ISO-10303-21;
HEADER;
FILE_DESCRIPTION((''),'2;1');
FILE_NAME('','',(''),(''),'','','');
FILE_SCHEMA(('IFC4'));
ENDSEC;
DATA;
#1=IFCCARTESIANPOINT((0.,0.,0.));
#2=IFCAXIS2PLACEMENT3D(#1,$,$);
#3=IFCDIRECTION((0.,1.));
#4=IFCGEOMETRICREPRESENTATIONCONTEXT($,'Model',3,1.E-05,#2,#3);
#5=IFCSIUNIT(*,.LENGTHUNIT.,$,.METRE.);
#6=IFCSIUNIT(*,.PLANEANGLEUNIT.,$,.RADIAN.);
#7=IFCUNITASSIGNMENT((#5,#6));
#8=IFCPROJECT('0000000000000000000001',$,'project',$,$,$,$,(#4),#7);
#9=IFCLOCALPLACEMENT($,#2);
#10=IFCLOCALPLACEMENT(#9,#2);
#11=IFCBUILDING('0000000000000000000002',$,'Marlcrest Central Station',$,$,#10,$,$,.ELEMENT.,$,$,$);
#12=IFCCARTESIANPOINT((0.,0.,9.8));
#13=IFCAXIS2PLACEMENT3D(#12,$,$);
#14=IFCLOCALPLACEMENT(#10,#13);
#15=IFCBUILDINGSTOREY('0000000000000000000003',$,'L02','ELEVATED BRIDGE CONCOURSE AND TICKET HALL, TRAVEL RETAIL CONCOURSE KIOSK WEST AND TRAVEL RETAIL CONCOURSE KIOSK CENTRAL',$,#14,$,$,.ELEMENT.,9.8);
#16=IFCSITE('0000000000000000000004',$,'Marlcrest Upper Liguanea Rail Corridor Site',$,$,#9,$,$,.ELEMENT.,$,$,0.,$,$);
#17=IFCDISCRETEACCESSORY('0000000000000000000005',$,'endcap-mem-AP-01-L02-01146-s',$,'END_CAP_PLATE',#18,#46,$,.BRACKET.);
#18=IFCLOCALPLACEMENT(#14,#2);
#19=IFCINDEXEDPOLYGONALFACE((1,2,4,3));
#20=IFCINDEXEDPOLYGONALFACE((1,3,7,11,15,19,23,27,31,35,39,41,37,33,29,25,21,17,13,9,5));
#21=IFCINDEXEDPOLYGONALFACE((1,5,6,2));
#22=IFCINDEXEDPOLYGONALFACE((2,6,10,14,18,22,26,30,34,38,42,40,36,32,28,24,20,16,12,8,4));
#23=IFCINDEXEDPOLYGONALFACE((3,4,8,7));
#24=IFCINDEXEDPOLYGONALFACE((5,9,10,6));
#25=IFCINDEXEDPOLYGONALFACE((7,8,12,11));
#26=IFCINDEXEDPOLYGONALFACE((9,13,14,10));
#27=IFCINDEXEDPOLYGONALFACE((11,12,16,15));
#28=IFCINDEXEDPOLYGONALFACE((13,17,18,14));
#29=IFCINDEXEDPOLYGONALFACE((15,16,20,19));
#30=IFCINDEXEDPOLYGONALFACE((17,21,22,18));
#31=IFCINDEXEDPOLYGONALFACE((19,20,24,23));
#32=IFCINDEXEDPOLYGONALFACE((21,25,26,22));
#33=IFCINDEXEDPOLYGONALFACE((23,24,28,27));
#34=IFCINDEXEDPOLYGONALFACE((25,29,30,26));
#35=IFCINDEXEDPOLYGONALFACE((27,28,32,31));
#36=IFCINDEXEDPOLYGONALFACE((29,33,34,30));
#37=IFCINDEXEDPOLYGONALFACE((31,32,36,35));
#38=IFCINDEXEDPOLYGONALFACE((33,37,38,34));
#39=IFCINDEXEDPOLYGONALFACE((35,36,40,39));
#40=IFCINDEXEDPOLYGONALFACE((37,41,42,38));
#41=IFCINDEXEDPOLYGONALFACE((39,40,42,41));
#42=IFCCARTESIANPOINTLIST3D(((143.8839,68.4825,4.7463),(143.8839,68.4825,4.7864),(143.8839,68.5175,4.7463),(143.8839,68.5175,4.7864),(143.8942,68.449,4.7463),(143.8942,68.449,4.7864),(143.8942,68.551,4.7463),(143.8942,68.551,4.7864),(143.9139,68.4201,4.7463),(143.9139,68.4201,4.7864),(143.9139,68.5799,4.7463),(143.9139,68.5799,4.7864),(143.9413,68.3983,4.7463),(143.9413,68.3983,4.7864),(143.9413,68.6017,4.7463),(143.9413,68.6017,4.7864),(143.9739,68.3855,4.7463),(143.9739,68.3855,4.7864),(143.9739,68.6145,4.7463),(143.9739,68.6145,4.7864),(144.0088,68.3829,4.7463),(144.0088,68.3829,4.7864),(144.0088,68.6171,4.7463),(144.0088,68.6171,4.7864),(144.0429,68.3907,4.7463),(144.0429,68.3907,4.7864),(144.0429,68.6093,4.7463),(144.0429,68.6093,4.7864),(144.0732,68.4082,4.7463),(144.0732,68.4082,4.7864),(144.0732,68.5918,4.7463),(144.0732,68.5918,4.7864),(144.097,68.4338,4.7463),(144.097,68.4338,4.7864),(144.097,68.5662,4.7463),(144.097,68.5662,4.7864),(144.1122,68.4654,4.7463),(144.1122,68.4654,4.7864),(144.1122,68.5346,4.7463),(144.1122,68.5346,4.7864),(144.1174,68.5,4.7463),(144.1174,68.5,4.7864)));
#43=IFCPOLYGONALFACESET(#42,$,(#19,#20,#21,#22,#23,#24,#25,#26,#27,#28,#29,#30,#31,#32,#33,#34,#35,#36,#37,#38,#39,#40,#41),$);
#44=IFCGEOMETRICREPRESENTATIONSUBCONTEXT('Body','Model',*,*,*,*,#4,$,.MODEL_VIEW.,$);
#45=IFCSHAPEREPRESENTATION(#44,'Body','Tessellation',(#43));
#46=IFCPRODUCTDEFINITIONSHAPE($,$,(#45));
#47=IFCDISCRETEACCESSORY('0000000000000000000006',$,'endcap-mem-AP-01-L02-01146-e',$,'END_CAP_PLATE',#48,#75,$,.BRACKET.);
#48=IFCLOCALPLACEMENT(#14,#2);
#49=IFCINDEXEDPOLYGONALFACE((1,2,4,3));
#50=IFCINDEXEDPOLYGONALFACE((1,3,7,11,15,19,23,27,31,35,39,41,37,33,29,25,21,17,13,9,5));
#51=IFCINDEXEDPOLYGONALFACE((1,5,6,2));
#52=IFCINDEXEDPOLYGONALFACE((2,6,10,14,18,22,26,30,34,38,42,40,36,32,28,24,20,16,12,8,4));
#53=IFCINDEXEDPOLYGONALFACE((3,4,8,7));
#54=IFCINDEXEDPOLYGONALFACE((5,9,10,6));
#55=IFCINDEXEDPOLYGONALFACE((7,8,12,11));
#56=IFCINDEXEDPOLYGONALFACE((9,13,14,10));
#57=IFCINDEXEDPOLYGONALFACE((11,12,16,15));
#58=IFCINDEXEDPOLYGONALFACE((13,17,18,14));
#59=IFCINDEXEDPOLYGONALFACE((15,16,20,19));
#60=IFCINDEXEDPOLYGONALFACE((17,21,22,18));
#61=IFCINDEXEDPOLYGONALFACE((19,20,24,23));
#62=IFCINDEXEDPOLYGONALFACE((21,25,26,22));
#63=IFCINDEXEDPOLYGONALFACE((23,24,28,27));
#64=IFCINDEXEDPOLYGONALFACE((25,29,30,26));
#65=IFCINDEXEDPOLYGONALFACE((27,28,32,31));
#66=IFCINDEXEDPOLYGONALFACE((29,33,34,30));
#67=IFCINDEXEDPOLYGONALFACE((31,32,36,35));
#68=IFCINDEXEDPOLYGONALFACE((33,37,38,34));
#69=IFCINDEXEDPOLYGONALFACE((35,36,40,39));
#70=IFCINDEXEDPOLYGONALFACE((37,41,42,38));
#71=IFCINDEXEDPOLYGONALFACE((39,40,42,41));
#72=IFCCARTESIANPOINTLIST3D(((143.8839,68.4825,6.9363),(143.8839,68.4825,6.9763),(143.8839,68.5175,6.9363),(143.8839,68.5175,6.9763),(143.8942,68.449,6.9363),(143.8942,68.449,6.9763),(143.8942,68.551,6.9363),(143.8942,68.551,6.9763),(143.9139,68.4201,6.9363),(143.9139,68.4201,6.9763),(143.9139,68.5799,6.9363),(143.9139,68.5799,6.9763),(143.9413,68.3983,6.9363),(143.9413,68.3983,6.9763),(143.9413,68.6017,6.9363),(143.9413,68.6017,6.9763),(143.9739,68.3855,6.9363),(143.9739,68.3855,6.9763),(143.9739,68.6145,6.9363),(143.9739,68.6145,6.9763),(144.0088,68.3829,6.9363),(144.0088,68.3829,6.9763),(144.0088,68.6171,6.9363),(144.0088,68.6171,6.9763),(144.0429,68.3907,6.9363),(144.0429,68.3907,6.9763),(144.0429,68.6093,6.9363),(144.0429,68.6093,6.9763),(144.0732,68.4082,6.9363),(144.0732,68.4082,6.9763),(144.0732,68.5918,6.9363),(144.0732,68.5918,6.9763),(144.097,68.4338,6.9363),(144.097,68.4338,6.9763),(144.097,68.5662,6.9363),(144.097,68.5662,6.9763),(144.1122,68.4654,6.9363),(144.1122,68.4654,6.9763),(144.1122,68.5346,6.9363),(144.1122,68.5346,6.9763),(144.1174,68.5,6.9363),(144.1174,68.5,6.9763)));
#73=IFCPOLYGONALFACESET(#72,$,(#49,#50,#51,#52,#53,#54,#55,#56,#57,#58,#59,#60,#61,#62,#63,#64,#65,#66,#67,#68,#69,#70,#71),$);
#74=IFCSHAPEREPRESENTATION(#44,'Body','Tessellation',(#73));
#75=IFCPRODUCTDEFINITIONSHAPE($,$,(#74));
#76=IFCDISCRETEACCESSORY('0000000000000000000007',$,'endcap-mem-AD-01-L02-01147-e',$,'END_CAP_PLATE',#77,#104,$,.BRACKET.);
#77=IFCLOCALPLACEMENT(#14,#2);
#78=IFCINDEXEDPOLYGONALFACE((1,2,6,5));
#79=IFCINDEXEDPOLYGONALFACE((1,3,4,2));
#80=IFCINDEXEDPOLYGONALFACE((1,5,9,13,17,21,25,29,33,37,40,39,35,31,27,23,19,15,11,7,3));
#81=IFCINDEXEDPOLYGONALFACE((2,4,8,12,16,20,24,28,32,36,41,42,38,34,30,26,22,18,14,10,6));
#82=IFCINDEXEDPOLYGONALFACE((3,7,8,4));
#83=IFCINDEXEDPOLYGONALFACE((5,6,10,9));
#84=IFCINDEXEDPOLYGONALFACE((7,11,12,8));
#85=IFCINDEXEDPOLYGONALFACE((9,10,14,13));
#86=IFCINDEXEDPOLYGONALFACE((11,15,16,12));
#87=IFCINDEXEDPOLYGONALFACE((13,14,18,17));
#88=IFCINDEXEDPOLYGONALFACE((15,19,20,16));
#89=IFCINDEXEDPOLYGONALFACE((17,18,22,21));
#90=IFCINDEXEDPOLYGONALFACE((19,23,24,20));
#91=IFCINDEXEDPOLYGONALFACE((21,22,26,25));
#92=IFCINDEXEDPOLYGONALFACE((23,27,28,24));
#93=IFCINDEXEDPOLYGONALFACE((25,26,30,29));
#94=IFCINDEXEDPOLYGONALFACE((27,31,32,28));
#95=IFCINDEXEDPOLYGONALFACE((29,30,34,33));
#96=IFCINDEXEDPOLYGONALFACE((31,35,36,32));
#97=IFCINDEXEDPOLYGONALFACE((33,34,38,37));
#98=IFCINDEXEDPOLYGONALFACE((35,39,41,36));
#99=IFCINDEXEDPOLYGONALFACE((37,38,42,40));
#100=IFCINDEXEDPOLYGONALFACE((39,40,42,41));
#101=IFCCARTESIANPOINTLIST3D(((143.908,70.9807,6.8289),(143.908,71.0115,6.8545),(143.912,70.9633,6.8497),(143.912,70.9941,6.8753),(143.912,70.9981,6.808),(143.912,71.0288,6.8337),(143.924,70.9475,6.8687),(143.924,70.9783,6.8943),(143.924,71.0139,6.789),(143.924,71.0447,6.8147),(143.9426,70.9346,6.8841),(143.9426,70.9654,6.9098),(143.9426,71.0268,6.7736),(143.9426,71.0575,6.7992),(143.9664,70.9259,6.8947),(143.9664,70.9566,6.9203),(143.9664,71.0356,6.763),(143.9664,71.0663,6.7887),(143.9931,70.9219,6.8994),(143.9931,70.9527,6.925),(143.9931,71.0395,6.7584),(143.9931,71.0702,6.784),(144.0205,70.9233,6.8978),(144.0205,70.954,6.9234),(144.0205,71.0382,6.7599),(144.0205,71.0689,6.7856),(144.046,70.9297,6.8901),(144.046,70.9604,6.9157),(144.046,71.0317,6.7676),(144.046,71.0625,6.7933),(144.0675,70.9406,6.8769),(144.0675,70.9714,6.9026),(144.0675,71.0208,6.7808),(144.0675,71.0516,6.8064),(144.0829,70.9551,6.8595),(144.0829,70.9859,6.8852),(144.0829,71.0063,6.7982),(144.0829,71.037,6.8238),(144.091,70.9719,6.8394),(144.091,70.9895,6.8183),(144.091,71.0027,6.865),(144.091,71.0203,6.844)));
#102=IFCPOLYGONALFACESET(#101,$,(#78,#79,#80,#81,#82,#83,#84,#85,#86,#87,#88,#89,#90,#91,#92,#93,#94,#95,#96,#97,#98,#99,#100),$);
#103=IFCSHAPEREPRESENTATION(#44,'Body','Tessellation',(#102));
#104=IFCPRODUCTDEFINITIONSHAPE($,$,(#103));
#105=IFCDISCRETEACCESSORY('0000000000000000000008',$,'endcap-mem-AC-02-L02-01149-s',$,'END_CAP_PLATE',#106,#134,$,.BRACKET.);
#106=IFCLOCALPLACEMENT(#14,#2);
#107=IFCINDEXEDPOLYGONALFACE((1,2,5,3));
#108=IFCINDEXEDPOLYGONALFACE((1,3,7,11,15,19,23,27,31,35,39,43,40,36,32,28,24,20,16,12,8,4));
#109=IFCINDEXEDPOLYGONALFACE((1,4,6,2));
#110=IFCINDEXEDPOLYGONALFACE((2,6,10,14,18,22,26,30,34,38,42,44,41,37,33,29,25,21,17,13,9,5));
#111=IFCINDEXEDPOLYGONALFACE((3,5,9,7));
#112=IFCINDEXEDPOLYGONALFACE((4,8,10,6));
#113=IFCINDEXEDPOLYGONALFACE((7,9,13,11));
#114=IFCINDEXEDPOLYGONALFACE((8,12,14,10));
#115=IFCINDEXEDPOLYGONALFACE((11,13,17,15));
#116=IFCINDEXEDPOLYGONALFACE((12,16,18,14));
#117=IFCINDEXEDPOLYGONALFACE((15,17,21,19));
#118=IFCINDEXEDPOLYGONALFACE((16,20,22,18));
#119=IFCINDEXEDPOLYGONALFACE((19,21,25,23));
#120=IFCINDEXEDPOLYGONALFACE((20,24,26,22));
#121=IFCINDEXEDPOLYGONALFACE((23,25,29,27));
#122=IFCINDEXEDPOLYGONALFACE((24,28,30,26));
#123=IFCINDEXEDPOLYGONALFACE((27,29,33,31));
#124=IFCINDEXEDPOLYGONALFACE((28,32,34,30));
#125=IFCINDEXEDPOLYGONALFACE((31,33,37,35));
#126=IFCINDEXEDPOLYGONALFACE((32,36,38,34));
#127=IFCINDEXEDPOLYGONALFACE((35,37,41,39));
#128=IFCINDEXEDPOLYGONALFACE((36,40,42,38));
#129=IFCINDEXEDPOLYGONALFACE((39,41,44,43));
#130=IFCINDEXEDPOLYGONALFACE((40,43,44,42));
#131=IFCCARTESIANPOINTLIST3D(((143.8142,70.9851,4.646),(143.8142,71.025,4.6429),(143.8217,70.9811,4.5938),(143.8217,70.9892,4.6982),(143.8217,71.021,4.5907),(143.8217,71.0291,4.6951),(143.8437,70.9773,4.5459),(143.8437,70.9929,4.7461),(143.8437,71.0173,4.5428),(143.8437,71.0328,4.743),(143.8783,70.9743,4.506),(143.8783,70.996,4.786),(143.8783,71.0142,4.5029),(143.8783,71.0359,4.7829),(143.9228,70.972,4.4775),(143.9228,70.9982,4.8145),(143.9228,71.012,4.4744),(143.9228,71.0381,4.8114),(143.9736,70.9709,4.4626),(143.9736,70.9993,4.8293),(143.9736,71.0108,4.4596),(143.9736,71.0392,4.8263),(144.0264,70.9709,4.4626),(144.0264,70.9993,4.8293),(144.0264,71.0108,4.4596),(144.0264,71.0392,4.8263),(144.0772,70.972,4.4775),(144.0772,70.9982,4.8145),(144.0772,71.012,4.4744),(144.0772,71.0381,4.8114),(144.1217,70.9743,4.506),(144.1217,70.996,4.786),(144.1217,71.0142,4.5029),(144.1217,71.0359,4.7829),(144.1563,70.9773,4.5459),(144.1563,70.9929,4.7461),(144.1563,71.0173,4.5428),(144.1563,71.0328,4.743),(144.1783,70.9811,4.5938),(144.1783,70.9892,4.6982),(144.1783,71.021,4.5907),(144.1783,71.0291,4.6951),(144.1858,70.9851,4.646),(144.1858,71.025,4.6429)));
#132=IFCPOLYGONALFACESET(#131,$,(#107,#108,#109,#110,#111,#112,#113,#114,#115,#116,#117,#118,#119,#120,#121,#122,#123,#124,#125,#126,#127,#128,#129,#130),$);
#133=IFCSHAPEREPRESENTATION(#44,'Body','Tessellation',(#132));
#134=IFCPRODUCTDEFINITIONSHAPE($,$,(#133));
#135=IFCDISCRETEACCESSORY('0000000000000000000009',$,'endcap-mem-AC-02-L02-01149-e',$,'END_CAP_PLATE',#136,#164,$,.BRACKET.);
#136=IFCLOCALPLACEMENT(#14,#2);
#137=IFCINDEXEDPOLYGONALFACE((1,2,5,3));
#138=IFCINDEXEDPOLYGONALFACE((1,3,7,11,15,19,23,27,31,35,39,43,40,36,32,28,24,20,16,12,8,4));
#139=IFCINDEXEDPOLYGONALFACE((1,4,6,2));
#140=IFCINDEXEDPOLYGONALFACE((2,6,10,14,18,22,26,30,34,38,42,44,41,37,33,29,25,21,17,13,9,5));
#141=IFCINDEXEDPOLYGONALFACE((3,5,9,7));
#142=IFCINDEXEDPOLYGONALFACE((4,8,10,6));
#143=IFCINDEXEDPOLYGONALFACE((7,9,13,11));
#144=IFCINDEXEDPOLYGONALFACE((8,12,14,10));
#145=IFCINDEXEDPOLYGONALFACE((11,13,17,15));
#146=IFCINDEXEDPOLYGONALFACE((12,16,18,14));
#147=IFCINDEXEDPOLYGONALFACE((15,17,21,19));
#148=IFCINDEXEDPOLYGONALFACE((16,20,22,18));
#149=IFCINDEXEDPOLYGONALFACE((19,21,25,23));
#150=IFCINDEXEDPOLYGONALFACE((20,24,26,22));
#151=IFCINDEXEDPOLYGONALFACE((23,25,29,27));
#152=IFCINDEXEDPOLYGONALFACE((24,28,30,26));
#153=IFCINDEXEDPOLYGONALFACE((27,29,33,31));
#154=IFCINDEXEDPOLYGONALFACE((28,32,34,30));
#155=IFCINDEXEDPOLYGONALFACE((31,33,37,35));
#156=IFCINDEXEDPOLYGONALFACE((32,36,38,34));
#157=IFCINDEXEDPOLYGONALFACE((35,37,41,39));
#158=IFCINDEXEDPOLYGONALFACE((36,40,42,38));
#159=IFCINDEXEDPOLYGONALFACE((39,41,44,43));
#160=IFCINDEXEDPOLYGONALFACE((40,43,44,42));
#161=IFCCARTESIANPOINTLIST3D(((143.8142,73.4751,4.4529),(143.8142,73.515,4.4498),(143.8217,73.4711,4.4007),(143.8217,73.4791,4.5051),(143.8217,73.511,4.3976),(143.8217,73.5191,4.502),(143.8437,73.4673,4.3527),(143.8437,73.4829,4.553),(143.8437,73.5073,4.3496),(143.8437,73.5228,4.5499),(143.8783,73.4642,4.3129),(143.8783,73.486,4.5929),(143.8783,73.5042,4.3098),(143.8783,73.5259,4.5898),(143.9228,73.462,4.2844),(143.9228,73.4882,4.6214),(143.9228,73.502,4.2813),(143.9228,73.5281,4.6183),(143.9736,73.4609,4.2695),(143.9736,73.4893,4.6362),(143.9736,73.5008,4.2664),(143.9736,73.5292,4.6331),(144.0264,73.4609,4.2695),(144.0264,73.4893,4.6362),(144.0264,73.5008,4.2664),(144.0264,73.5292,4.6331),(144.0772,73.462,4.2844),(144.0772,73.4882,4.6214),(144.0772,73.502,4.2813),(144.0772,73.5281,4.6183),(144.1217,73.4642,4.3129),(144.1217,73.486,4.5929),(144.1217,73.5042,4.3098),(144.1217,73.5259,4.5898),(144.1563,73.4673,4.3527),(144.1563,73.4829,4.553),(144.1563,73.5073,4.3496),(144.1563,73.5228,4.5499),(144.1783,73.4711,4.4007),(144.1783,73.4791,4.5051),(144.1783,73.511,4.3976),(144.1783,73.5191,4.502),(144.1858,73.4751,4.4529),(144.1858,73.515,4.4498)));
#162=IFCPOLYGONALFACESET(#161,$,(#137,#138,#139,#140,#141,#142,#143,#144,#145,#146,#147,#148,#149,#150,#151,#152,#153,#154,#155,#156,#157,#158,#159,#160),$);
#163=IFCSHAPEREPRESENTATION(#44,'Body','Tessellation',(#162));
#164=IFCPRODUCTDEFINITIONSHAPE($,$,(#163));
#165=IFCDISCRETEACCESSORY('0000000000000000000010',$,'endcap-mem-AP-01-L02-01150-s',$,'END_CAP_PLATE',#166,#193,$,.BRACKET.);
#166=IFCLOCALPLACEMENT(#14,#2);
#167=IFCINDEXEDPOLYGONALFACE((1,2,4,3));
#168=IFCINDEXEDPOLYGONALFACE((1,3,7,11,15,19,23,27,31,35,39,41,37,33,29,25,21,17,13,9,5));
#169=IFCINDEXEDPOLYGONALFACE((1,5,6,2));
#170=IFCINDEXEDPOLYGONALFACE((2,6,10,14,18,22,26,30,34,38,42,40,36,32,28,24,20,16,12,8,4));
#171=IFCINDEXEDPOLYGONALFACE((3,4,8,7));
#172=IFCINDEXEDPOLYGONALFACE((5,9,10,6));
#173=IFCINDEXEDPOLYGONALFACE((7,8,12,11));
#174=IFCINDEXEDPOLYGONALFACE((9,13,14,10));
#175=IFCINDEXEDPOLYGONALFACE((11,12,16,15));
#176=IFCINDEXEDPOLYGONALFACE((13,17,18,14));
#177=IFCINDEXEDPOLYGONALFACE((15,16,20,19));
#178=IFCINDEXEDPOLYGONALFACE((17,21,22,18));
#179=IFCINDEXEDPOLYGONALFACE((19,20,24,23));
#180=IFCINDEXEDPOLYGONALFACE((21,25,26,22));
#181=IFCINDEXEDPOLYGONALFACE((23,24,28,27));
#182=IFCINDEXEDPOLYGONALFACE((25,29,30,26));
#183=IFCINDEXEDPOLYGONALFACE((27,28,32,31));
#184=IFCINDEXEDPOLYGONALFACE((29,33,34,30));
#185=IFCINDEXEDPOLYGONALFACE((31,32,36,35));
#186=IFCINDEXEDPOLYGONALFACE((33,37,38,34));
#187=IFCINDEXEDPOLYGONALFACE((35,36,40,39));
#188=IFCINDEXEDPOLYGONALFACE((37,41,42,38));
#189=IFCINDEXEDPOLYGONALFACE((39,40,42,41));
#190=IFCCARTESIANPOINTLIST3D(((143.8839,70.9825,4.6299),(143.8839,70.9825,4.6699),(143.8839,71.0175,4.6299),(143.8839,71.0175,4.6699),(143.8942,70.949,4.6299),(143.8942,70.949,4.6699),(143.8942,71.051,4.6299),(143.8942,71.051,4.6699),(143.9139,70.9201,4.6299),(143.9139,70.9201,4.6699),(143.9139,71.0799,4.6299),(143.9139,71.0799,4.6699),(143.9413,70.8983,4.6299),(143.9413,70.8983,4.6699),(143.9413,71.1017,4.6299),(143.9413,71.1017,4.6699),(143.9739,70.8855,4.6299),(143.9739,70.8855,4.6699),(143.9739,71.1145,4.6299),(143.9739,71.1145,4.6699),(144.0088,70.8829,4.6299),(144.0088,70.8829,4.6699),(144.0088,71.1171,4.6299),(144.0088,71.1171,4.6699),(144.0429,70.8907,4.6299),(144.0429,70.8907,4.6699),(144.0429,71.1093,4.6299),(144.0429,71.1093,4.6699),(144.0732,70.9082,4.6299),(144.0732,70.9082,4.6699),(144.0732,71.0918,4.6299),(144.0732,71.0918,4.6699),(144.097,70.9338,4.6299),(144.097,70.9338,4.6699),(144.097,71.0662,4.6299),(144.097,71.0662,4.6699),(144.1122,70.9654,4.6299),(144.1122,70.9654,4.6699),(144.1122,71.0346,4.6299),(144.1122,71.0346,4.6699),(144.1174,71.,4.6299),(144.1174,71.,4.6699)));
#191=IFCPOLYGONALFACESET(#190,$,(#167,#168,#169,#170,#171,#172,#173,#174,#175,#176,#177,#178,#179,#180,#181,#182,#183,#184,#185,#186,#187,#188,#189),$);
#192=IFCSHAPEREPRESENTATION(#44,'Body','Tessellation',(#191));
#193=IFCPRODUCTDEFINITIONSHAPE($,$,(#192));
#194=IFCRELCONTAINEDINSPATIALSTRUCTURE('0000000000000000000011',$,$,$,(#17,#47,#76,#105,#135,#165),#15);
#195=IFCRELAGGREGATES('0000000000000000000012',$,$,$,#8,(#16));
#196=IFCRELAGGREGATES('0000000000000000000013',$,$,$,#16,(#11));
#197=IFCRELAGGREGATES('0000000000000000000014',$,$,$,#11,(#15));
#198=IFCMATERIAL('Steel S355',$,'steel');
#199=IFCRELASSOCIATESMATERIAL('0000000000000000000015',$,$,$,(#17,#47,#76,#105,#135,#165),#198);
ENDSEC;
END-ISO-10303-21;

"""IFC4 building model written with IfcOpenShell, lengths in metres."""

from ifc_helpers import new_model, si_unit, direction, frame, origin, origin_2d, place, context, subcontext, project, spatial, circle, extrude, material, element, save


model = new_model("IFC4")

# Units and contexts
model_context = context("Model", 3, precision=1e-05, world=origin(), true_north=direction((0.0, 1.0)))
body_context = subcontext(model_context, "Body", "Model", "MODEL_VIEW")
ifc_project = project(units=[si_unit("LENGTHUNIT", "METRE"), si_unit("PLANEANGLEUNIT", "RADIAN")], contexts=[model_context])

# Site, building, storey
site_placement = place(None, origin())
site = spatial("IfcSite", under=ifc_project, at=site_placement, Name="Marlcrest Upper Liguanea Rail Corridor Site", CompositionType="ELEMENT", RefElevation=0.0)
building_placement = place(site_placement, origin())
building = spatial("IfcBuilding", under=site, at=building_placement, Name="Marlcrest Central Station", CompositionType="ELEMENT")
storey_placement = place(building_placement, frame((0.0, 0.0, 9.8)))
storey = spatial("IfcBuildingStorey", under=building, at=storey_placement, Name="L02", Description="ELEVATED BRIDGE CONCOURSE AND TICKET HALL, TRAVEL RETAIL CONCOURSE KIOSK WEST AND TRAVEL RETAIL CONCOURSE KIOSK CENTRAL", CompositionType="ELEMENT", Elevation=9.8)

# Shared definitions
ifc_material = material(Name="Steel S355", Category="steel")

# Discrete accessories
for number, where, z_axis, x_axis, name in (
    (1, (144.0, 68.5, 4.7463), (0.0, 0.0, 1.0), (1.0, 0.0, 0.0), "endcap-mem-AP-01-L02-01146-s"),
    (2, (144.0, 68.5, 6.9363), (0.0, 0.0, 1.0), (1.0, 0.0, 0.0), "endcap-mem-AP-01-L02-01146-e"),
):
    element("IfcDiscreteAccessory", number, at=place(storey_placement, frame(where, z_axis=z_axis, x_axis=x_axis)), inside=storey, material=ifc_material, Name=name, ObjectType="END_CAP_PLATE", PredefinedType="BRACKET", context=body_context, shape_type="SweptSolid", body=[
        extrude(circle(Radius=0.1174, at=origin_2d()), origin(), (0.0, 0.0, 1.0), 0.04),
    ])
discrete_accessory_1_placement = place(storey_placement, frame((144.0, 70.9807, 6.8289), z_axis=(0.0, 0.76816, 0.640258), x_axis=(-1.0, 0.0, 0.0)))
element("IfcDiscreteAccessory", 3, at=discrete_accessory_1_placement, inside=storey, material=ifc_material, Name="endcap-mem-AD-01-L02-01147-e", ObjectType="END_CAP_PLATE", PredefinedType="BRACKET", context=body_context, shape_type="SweptSolid", body=[
    extrude(circle(Radius=0.092, at=origin_2d()), origin(), (0.0, 0.0, 1.0), 0.04),
])
for number, where, z_axis, x_axis, name in (
    (4, (144.0, 70.9851, 4.646), (0.0, 0.997007, -0.077307), (-1.0, 0.0, 0.0), "endcap-mem-AC-02-L02-01149-s"),
    (5, (144.0, 73.4751, 4.4529), (0.0, 0.997007, -0.077307), (-1.0, 0.0, 0.0), "endcap-mem-AC-02-L02-01149-e"),
):
    element("IfcDiscreteAccessory", number, at=place(storey_placement, frame(where, z_axis=z_axis, x_axis=x_axis)), inside=storey, material=ifc_material, Name=name, ObjectType="END_CAP_PLATE", PredefinedType="BRACKET", context=body_context, shape_type="SweptSolid", body=[
        extrude(circle(Radius=0.1858, at=origin_2d()), origin(), (0.0, 0.0, 1.0), 0.04),
    ])
for number, where, z_axis, x_axis, name in (
    (6, (144.0, 71.0, 4.6299), (0.0, 0.0, 1.0), (1.0, 0.0, 0.0), "endcap-mem-AP-01-L02-01150-s"),
):
    element("IfcDiscreteAccessory", number, at=place(storey_placement, frame(where, z_axis=z_axis, x_axis=x_axis)), inside=storey, material=ifc_material, Name=name, ObjectType="END_CAP_PLATE", PredefinedType="BRACKET", context=body_context, shape_type="SweptSolid", body=[
        extrude(circle(Radius=0.1174, at=origin_2d()), origin(), (0.0, 0.0, 1.0), 0.04),
    ])

save(model, "model.ifc")
